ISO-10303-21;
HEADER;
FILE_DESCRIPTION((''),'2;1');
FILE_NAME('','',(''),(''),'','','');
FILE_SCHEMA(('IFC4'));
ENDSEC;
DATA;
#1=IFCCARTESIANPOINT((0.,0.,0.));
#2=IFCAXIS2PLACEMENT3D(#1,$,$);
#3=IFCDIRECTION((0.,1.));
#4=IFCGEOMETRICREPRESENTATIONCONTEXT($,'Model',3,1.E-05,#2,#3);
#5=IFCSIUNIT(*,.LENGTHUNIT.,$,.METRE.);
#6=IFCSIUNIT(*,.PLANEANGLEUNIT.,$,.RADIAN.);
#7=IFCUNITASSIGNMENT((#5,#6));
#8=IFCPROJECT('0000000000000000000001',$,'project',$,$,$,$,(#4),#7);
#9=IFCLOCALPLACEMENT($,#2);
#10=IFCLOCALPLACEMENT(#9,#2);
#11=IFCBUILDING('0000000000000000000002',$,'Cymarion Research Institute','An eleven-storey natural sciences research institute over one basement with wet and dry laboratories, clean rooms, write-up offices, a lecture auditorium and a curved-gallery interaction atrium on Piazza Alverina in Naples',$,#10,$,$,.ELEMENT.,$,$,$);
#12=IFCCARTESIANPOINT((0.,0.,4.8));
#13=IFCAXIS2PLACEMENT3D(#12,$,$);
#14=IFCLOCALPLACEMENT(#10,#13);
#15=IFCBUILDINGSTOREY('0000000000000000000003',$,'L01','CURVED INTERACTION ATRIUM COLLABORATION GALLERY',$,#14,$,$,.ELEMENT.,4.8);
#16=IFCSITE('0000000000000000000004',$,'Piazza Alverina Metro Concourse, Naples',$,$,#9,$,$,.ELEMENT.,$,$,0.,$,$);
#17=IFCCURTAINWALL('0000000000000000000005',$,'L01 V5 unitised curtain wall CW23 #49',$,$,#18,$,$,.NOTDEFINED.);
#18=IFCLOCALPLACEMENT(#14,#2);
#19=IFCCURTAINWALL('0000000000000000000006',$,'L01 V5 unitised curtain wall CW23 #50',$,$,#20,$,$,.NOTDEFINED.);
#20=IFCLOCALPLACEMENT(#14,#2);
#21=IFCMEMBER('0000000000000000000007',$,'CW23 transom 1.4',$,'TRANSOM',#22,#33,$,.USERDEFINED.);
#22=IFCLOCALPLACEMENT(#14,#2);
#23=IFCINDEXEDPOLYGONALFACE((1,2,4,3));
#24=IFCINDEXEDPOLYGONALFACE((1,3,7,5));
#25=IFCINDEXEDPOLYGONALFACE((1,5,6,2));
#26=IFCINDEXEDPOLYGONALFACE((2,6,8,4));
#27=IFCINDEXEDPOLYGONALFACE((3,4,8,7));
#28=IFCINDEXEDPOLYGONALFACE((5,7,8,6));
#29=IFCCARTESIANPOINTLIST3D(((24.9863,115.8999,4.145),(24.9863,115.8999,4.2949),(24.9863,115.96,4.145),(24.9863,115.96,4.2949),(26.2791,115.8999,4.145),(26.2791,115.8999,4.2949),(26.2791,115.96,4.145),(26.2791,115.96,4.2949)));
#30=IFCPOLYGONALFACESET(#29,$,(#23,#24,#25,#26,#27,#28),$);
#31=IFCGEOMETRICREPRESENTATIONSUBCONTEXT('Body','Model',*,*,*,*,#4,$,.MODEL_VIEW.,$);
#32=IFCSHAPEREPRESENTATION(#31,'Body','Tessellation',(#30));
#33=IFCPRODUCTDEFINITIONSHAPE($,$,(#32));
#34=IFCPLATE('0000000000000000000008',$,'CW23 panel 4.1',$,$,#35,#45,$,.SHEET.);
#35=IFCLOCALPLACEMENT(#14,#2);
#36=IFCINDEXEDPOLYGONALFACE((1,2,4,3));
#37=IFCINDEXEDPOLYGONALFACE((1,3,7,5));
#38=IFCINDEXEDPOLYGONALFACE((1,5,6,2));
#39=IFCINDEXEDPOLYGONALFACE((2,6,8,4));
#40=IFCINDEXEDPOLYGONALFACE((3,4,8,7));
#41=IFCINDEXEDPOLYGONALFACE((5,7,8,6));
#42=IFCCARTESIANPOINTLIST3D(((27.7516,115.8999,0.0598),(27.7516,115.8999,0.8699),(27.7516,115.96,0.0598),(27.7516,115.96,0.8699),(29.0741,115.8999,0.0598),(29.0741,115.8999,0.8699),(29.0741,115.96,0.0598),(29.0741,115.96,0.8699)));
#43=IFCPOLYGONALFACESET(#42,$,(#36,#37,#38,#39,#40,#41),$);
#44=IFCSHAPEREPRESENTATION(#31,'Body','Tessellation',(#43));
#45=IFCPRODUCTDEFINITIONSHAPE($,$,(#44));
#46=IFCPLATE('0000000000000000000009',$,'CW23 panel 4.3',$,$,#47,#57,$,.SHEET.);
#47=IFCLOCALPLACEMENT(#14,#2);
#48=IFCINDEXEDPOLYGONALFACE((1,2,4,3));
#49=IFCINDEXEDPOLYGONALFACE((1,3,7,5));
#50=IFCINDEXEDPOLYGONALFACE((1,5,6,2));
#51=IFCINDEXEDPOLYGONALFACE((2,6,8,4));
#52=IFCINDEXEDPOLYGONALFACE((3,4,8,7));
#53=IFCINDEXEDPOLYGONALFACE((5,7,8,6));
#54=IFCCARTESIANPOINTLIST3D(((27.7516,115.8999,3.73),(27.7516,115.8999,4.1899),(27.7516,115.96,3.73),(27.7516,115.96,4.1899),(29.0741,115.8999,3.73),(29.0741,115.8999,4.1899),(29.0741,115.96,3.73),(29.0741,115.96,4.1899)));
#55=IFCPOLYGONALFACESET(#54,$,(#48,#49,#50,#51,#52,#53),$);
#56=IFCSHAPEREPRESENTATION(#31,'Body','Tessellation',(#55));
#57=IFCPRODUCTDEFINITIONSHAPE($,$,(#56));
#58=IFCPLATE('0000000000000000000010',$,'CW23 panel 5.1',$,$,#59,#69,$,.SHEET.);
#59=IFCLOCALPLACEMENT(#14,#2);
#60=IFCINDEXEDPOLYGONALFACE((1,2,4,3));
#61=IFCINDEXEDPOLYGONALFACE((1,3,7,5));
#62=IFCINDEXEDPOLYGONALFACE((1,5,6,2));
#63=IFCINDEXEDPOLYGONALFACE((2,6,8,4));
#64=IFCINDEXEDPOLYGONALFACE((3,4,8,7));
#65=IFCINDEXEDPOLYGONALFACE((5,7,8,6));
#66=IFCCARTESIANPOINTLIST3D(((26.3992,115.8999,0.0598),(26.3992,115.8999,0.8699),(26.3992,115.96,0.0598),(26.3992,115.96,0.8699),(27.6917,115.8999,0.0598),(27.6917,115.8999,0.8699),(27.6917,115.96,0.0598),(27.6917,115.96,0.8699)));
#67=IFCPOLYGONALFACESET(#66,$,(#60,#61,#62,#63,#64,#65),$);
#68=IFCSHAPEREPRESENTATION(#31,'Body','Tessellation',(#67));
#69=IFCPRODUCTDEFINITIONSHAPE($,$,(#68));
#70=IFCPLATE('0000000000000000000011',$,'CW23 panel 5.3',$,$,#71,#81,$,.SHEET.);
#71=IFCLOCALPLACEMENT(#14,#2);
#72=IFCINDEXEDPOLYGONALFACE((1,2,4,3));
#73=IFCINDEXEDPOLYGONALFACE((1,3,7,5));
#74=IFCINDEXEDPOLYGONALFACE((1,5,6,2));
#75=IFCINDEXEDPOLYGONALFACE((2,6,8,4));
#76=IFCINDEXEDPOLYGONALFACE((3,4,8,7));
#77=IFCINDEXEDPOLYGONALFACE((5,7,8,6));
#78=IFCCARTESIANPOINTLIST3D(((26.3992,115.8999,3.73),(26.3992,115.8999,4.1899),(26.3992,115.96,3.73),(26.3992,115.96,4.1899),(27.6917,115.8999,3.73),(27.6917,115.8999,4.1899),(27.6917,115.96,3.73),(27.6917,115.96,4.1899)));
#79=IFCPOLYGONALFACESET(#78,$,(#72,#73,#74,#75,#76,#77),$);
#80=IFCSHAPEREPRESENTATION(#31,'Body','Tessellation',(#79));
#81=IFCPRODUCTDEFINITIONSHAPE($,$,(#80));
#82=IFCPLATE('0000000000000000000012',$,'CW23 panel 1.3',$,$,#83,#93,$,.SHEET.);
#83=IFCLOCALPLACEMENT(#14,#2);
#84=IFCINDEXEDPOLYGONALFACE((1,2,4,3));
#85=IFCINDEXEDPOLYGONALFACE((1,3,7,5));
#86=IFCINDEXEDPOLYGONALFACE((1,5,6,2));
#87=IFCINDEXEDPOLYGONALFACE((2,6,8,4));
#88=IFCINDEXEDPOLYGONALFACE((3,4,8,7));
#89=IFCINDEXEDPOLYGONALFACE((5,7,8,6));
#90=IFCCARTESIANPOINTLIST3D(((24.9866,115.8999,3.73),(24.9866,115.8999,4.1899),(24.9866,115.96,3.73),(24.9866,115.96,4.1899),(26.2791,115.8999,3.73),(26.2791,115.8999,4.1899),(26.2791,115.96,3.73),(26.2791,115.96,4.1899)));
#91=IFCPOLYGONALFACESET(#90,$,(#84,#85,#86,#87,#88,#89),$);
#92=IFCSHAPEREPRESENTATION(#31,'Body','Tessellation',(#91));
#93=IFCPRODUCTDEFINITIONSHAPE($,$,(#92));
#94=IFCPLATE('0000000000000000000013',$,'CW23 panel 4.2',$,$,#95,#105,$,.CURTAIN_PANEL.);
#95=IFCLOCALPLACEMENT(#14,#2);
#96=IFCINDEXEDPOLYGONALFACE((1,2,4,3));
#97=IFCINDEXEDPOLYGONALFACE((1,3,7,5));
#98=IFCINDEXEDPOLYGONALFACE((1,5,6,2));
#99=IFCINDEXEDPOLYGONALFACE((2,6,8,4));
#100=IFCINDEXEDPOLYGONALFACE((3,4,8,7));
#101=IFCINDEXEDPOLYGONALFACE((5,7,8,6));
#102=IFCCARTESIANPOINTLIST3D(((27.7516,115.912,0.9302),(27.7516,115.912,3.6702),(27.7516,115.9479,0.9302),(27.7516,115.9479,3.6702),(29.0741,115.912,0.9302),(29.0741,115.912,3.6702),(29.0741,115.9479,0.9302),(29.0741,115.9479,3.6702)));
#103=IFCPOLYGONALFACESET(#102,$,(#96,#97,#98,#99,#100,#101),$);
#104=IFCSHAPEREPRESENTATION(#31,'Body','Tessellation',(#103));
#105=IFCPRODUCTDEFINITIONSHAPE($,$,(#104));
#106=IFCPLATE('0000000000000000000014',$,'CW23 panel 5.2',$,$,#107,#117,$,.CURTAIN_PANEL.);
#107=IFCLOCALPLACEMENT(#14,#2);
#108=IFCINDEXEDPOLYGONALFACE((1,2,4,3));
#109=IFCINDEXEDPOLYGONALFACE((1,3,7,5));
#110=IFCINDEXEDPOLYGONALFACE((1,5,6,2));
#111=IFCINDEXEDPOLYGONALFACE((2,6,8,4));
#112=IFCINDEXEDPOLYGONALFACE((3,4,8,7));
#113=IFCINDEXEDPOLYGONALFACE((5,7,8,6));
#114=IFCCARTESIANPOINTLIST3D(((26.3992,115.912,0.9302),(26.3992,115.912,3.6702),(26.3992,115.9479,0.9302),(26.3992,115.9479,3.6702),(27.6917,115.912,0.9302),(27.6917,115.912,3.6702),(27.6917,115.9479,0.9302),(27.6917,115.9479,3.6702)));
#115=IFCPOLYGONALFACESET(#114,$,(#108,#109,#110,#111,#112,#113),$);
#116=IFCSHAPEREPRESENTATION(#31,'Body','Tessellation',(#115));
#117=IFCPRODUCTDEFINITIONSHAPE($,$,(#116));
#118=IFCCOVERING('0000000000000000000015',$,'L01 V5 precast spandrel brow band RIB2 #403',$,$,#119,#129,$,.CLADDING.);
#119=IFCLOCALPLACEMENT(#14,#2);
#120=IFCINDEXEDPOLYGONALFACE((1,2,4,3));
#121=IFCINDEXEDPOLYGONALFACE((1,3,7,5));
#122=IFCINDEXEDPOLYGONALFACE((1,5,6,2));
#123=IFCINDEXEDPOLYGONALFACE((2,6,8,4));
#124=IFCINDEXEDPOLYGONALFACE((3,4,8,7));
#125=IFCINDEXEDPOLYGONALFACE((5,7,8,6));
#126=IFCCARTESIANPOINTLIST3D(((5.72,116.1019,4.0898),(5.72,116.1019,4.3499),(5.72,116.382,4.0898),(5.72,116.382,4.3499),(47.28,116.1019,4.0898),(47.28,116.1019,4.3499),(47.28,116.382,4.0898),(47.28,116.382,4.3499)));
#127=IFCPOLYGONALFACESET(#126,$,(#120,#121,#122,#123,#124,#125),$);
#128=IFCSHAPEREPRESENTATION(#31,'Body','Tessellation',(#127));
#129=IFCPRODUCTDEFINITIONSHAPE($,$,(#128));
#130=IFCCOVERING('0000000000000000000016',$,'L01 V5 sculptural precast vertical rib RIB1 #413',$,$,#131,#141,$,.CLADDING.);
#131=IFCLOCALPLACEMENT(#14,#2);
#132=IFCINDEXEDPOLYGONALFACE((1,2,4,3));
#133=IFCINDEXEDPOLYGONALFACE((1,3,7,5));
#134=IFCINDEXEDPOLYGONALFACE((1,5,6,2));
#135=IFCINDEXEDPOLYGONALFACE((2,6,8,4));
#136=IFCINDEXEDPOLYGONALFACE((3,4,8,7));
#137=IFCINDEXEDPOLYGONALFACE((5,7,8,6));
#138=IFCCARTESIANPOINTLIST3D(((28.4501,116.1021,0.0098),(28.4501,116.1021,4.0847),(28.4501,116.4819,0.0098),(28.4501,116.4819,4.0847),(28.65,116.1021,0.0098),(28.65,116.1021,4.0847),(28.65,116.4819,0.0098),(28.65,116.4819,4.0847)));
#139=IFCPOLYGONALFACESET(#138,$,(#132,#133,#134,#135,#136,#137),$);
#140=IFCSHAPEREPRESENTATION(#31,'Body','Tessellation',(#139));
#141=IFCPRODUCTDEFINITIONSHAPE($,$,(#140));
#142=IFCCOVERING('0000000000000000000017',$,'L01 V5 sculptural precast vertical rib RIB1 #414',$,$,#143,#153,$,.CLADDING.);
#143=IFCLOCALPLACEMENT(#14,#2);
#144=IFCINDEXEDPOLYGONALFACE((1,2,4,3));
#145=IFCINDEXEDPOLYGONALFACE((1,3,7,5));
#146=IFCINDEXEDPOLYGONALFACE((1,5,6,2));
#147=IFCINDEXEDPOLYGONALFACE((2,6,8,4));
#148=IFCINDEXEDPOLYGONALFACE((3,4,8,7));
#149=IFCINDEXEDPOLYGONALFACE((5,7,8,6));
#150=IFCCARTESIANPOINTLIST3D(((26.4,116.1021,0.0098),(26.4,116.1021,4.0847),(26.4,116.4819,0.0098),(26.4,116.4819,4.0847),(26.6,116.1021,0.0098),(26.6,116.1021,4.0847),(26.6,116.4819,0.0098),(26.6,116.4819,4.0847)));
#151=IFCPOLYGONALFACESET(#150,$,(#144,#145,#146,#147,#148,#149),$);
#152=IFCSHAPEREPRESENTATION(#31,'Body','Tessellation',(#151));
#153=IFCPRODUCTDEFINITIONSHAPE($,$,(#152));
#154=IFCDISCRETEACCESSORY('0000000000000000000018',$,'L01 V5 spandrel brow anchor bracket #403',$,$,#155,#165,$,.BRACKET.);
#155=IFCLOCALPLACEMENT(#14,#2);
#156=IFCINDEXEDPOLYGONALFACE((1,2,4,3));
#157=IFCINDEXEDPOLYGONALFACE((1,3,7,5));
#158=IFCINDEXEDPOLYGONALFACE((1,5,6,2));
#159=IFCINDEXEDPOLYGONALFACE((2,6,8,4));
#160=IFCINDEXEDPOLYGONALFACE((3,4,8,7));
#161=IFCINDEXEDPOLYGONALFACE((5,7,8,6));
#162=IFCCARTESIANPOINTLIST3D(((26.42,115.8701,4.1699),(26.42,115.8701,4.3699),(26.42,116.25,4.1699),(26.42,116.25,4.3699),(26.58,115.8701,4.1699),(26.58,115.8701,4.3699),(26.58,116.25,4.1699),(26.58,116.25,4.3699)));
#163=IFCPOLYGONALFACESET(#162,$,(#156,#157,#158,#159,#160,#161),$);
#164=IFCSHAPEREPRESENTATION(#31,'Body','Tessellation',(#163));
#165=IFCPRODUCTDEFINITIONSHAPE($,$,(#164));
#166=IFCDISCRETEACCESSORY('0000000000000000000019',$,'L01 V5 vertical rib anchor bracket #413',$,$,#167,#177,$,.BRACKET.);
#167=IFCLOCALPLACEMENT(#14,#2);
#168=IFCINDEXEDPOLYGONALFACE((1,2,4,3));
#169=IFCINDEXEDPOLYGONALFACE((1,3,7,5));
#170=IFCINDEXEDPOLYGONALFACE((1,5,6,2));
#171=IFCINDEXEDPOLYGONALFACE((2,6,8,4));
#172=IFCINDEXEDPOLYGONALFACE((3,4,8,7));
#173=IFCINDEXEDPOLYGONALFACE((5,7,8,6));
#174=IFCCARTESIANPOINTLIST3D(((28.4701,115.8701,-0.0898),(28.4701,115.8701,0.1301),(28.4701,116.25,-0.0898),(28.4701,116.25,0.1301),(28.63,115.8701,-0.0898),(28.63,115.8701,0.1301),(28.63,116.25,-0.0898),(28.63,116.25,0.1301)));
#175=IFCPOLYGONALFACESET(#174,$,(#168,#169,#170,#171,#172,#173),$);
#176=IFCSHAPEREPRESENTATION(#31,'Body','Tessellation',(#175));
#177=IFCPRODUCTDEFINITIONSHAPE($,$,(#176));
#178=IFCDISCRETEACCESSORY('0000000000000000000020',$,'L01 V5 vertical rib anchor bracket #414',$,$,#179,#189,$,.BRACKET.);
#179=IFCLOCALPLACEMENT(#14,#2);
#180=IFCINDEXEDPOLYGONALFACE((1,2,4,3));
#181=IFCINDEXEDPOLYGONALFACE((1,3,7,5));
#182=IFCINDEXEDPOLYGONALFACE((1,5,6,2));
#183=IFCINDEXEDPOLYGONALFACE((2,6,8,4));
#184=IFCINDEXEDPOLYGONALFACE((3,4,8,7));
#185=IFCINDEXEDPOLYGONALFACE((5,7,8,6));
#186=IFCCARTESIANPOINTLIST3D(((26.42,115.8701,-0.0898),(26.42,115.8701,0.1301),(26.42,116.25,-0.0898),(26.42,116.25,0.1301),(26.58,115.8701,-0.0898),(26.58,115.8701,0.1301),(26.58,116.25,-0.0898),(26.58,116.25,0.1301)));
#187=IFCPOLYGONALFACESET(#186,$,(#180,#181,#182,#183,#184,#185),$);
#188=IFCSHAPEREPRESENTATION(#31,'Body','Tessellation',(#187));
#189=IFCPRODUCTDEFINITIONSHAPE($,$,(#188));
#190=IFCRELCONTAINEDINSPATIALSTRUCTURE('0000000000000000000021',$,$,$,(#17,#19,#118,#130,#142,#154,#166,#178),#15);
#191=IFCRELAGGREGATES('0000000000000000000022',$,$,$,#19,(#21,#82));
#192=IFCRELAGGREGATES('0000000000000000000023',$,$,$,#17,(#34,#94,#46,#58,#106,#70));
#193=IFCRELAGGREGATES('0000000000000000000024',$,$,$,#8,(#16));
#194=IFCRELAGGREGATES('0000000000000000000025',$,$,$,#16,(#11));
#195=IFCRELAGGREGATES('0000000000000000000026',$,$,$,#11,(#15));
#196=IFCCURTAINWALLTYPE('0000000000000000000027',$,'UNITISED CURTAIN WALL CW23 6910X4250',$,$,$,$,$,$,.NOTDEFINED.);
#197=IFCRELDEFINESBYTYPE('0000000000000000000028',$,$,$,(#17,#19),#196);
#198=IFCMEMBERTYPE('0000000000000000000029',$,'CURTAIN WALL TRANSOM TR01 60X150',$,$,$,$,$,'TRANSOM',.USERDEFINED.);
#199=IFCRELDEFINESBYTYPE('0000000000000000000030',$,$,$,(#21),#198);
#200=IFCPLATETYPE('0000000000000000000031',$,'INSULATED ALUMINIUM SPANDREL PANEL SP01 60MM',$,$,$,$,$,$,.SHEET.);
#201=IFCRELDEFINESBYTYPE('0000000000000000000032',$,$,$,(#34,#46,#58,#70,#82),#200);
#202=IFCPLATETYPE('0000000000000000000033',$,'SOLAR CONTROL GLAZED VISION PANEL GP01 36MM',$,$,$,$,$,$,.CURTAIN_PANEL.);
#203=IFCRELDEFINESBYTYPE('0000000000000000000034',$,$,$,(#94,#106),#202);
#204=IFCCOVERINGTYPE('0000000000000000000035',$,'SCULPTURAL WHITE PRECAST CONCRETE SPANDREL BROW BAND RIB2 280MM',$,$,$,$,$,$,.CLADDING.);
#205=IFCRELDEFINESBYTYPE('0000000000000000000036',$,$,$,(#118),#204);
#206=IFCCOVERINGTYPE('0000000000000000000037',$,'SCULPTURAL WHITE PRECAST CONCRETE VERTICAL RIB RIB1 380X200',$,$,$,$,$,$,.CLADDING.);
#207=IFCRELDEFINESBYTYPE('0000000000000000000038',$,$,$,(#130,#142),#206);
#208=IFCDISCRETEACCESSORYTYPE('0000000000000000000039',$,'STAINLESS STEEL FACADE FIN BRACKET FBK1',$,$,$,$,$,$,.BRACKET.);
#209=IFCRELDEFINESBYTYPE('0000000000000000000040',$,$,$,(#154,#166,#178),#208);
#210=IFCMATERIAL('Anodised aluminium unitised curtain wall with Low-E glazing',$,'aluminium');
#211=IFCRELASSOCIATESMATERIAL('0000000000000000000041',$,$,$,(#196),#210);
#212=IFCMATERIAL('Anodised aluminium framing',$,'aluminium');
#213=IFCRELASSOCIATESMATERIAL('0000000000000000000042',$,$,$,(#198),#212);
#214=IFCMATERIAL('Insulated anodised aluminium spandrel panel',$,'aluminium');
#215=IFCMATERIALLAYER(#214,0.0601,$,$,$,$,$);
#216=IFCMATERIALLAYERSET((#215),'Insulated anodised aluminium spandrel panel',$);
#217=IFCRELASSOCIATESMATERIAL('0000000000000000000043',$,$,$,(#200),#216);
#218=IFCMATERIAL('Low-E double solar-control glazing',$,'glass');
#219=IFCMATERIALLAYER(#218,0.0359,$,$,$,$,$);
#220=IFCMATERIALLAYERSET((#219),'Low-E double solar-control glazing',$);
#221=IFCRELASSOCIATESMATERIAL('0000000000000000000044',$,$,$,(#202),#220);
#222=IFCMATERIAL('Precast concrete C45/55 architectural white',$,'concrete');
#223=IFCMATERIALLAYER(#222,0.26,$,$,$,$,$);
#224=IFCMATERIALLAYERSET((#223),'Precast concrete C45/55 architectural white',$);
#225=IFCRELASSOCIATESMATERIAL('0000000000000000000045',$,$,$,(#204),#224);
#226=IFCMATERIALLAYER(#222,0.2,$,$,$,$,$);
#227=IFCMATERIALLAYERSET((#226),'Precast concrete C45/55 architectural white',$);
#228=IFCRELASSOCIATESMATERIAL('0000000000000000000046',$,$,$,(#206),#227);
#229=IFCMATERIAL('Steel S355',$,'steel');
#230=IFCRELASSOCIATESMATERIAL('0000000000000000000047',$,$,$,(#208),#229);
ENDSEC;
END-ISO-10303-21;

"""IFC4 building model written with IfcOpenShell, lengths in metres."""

from ifc_helpers import new_model, si_unit, direction, frame, origin, origin_2d, place, context, subcontext, project, spatial, rectangle, extrude, material, layer, layer_set, material_profile, profile_set, type_object, element, aggregate, save


model = new_model("IFC4")

# Units and contexts
model_context = context("Model", 3, precision=1e-05, world=origin(), true_north=direction((0.0, 1.0)))
body_context = subcontext(model_context, "Body", "Model", "MODEL_VIEW")
ifc_project = project(units=[si_unit("LENGTHUNIT", "METRE"), si_unit("PLANEANGLEUNIT", "RADIAN")], contexts=[model_context])

# Site, building, storey
site_placement = place(None, origin())
site = spatial("IfcSite", under=ifc_project, at=site_placement, Name="Piazza Alverina Metro Concourse, Naples", CompositionType="ELEMENT", RefElevation=0.0)
building_placement = place(site_placement, origin())
building = spatial("IfcBuilding", under=site, at=building_placement, Name="Cymarion Research Institute", Description="An eleven-storey natural sciences research institute over one basement with wet and dry laboratories, clean rooms, write-up offices, a lecture auditorium and a curved-gallery interaction atrium on Piazza Alverina in Naples", CompositionType="ELEMENT")
storey_placement = place(building_placement, frame((0.0, 0.0, 4.8)))
storey = spatial("IfcBuildingStorey", under=building, at=storey_placement, Name="L01", Description="CURVED INTERACTION ATRIUM COLLABORATION GALLERY", CompositionType="ELEMENT", Elevation=4.8)

# Curtain wall
ifc_material_1 = material(Name="Anodised aluminium unitised curtain wall with Low-E glazing", Category="aluminium")
curtain_wall_type = type_object("IfcCurtainWallType", Name="UNITISED CURTAIN WALL CW23 6910X4250", PredefinedType="NOTDEFINED", material=ifc_material_1)
curtain_wall_1_placement = place(storey_placement, origin())
curtain_wall_1 = element("IfcCurtainWall", 1, at=curtain_wall_1_placement, inside=storey, type_object=curtain_wall_type, Name="L01 V5 unitised curtain wall CW23 #49", PredefinedType="NOTDEFINED")
ifc_material_2 = material(Name="Anodised aluminium framing", Category="aluminium")

# Curtain wall
curtain_wall_2_placement = place(storey_placement, origin())
curtain_wall_2 = element("IfcCurtainWall", 2, at=curtain_wall_2_placement, inside=storey, type_object=curtain_wall_type, Name="L01 V5 unitised curtain wall CW23 #50", PredefinedType="NOTDEFINED")

# Member
ifc_material_profile_1 = material_profile(ifc_material_2, rectangle(XDim=0.0601, YDim=0.1499, at=origin_2d()), Name="ALU TRANSOM 60x150")
ifc_profile_set_1 = profile_set([ifc_material_profile_1], Name="Anodised aluminium framing")
member_type_1 = type_object("IfcMemberType", Name="CURTAIN WALL TRANSOM TR01 60X150", ElementType="TRANSOM", PredefinedType="USERDEFINED", material=ifc_profile_set_1)
member_1_placement = place(storey_placement, frame((26.2791, 115.9299, 4.22), z_axis=(-1.0, 0.0, 0.0), x_axis=(0.0, -1.0, 0.0)))
member_1 = element("IfcMember", 3, at=member_1_placement, type_object=member_type_1, Name="CW23 transom 1.4", ObjectType="TRANSOM", PredefinedType="USERDEFINED", context=body_context, shape_type="SweptSolid", body=[
    extrude(rectangle(XDim=0.0601, YDim=0.1499, at=origin_2d()), origin(), (0.0, 0.0, 1.0), 1.2927),
])

# Plates
ifc_material_3 = material(Name="Insulated anodised aluminium spandrel panel", Category="aluminium")
ifc_layer_1 = layer(ifc_material_3, 0.0601)
ifc_layer_set_1 = layer_set([ifc_layer_1], Name="Insulated anodised aluminium spandrel panel")
plate_type_1 = type_object("IfcPlateType", Name="INSULATED ALUMINIUM SPANDREL PANEL SP01 60MM", PredefinedType="SHEET", material=ifc_layer_set_1)
plate_1_placement = place(storey_placement, frame((28.4128, 115.9299, 0.0598), z_axis=(0.0, 0.0, 1.0), x_axis=(-1.0, 0.0, 0.0)))
plate_1 = element("IfcPlate", 4, at=plate_1_placement, type_object=plate_type_1, Name="CW23 panel 4.1", PredefinedType="SHEET", context=body_context, shape_type="SweptSolid", body=[
    extrude(rectangle(XDim=1.3225, YDim=0.0601, at=origin_2d()), origin(), (0.0, 0.0, 1.0), 0.8101),
])
plate_2_placement = place(storey_placement, frame((28.4128, 115.9299, 3.73), z_axis=(0.0, 0.0, 1.0), x_axis=(-1.0, 0.0, 0.0)))
plate_2 = element("IfcPlate", 5, at=plate_2_placement, type_object=plate_type_1, Name="CW23 panel 4.3", PredefinedType="SHEET", context=body_context, shape_type="SweptSolid", body=[
    extrude(rectangle(XDim=1.3225, YDim=0.0601, at=origin_2d()), origin(), (0.0, 0.0, 1.0), 0.46),
])
plate_3_placement = place(storey_placement, frame((27.0454, 115.9299, 0.0598), z_axis=(0.0, 0.0, 1.0), x_axis=(-1.0, 0.0, 0.0)))
plate_3 = element("IfcPlate", 6, at=plate_3_placement, type_object=plate_type_1, Name="CW23 panel 5.1", PredefinedType="SHEET", context=body_context, shape_type="SweptSolid", body=[
    extrude(rectangle(XDim=1.2925, YDim=0.0601, at=origin_2d()), origin(), (0.0, 0.0, 1.0), 0.8101),
])
plate_4_placement = place(storey_placement, frame((27.0454, 115.9299, 3.73), z_axis=(0.0, 0.0, 1.0), x_axis=(-1.0, 0.0, 0.0)))
plate_4 = element("IfcPlate", 7, at=plate_4_placement, type_object=plate_type_1, Name="CW23 panel 5.3", PredefinedType="SHEET", context=body_context, shape_type="SweptSolid", body=[
    extrude(rectangle(XDim=1.2925, YDim=0.0601, at=origin_2d()), origin(), (0.0, 0.0, 1.0), 0.46),
])
plate_5_placement = place(storey_placement, frame((25.6328, 115.9299, 3.73), z_axis=(0.0, 0.0, 1.0), x_axis=(-1.0, 0.0, 0.0)))
plate_5 = element("IfcPlate", 8, at=plate_5_placement, type_object=plate_type_1, Name="CW23 panel 1.3", PredefinedType="SHEET", context=body_context, shape_type="SweptSolid", body=[
    extrude(rectangle(XDim=1.2925, YDim=0.0601, at=origin_2d()), origin(), (0.0, 0.0, 1.0), 0.46),
])
aggregate(curtain_wall_2, [member_1, plate_5])
ifc_material_4 = material(Name="Low-E double solar-control glazing", Category="glass")
ifc_layer_2 = layer(ifc_material_4, 0.0359)
ifc_layer_set_2 = layer_set([ifc_layer_2], Name="Low-E double solar-control glazing")
plate_type_2 = type_object("IfcPlateType", Name="SOLAR CONTROL GLAZED VISION PANEL GP01 36MM", PredefinedType="CURTAIN_PANEL", material=ifc_layer_set_2)
plate_6_placement = place(storey_placement, frame((28.4128, 115.9299, 0.9302), z_axis=(0.0, 0.0, 1.0), x_axis=(-1.0, 0.0, 0.0)))
plate_6 = element("IfcPlate", 9, at=plate_6_placement, type_object=plate_type_2, Name="CW23 panel 4.2", PredefinedType="CURTAIN_PANEL", context=body_context, shape_type="SweptSolid", body=[
    extrude(rectangle(XDim=1.3225, YDim=0.0359, at=origin_2d()), origin(), (0.0, 0.0, 1.0), 2.74),
])
plate_7_placement = place(storey_placement, frame((27.0454, 115.9299, 0.9302), z_axis=(0.0, 0.0, 1.0), x_axis=(-1.0, 0.0, 0.0)))
plate_7 = element("IfcPlate", 10, at=plate_7_placement, type_object=plate_type_2, Name="CW23 panel 5.2", PredefinedType="CURTAIN_PANEL", context=body_context, shape_type="SweptSolid", body=[
    extrude(rectangle(XDim=1.2925, YDim=0.0359, at=origin_2d()), origin(), (0.0, 0.0, 1.0), 2.74),
])
aggregate(curtain_wall_1, [plate_1, plate_6, plate_2, plate_3, plate_7, plate_4])

# Coverings
ifc_material_5 = material(Name="Precast concrete C45/55 architectural white", Category="concrete")
ifc_layer_3 = layer(ifc_material_5, 0.26)
ifc_layer_set_3 = layer_set([ifc_layer_3], Name="Precast concrete C45/55 architectural white")
covering_type_1 = type_object("IfcCoveringType", Name="SCULPTURAL WHITE PRECAST CONCRETE SPANDREL BROW BAND RIB2 280MM", PredefinedType="CLADDING", material=ifc_layer_set_3)
covering_placement = place(storey_placement, frame((26.5, 116.2419, 4.0898), z_axis=(0.0, 0.0, 1.0), x_axis=(0.0, 1.0, 0.0)))
element("IfcCovering", 11, at=covering_placement, inside=storey, type_object=covering_type_1, Name="L01 V5 precast spandrel brow band RIB2 #403", PredefinedType="CLADDING", context=body_context, shape_type="SweptSolid", body=[
    extrude(rectangle(XDim=0.28, YDim=41.5601, at=origin_2d()), origin(), (0.0, 0.0, 1.0), 0.26),
])
ifc_layer_4 = layer(ifc_material_5, 0.2)
ifc_layer_set_4 = layer_set([ifc_layer_4], Name="Precast concrete C45/55 architectural white")
covering_type_2 = type_object("IfcCoveringType", Name="SCULPTURAL WHITE PRECAST CONCRETE VERTICAL RIB RIB1 380X200", PredefinedType="CLADDING", material=ifc_layer_set_4)
for number, where, z_axis, x_axis, name in (
    (12, (28.55, 116.292, 0.0098), (0.0, 0.0, 1.0), (0.0, 1.0, 0.0), "L01 V5 sculptural precast vertical rib RIB1 #413"),
    (13, (26.5, 116.292, 0.0098), (0.0, 0.0, 1.0), (0.0, 1.0, 0.0), "L01 V5 sculptural precast vertical rib RIB1 #414"),
):
    element("IfcCovering", number, at=place(storey_placement, frame(where, z_axis=z_axis, x_axis=x_axis)), inside=storey, type_object=covering_type_2, Name=name, PredefinedType="CLADDING", context=body_context, shape_type="SweptSolid", body=[
        extrude(rectangle(XDim=0.3799, YDim=0.2, at=origin_2d()), origin(), (0.0, 0.0, 1.0), 4.075),
    ])

# Discrete accessories
ifc_material_6 = material(Name="Steel S355", Category="steel")
discrete_accessory_type = type_object("IfcDiscreteAccessoryType", Name="STAINLESS STEEL FACADE FIN BRACKET FBK1", PredefinedType="BRACKET", material=ifc_material_6)
discrete_accessory_placement = place(storey_placement, frame((26.5, 116.0601, 4.1699), z_axis=(0.0, 0.0, 1.0), x_axis=(0.0, 1.0, 0.0)))
element("IfcDiscreteAccessory", 14, at=discrete_accessory_placement, inside=storey, type_object=discrete_accessory_type, Name="L01 V5 spandrel brow anchor bracket #403", PredefinedType="BRACKET", context=body_context, shape_type="SweptSolid", body=[
    extrude(rectangle(XDim=0.3799, YDim=0.1599, at=origin_2d()), origin(), (0.0, 0.0, 1.0), 0.2),
])
for number, where, z_axis, x_axis, name in (
    (15, (28.55, 116.0601, -0.0898), (0.0, 0.0, 1.0), (0.0, 1.0, 0.0), "L01 V5 vertical rib anchor bracket #413"),
    (16, (26.5, 116.0601, -0.0898), (0.0, 0.0, 1.0), (0.0, 1.0, 0.0), "L01 V5 vertical rib anchor bracket #414"),
):
    element("IfcDiscreteAccessory", number, at=place(storey_placement, frame(where, z_axis=z_axis, x_axis=x_axis)), inside=storey, type_object=discrete_accessory_type, Name=name, PredefinedType="BRACKET", context=body_context, shape_type="SweptSolid", body=[
        extrude(rectangle(XDim=0.3799, YDim=0.1599, at=origin_2d()), origin(), (0.0, 0.0, 1.0), 0.22),
    ])

save(model, "model.ifc")
